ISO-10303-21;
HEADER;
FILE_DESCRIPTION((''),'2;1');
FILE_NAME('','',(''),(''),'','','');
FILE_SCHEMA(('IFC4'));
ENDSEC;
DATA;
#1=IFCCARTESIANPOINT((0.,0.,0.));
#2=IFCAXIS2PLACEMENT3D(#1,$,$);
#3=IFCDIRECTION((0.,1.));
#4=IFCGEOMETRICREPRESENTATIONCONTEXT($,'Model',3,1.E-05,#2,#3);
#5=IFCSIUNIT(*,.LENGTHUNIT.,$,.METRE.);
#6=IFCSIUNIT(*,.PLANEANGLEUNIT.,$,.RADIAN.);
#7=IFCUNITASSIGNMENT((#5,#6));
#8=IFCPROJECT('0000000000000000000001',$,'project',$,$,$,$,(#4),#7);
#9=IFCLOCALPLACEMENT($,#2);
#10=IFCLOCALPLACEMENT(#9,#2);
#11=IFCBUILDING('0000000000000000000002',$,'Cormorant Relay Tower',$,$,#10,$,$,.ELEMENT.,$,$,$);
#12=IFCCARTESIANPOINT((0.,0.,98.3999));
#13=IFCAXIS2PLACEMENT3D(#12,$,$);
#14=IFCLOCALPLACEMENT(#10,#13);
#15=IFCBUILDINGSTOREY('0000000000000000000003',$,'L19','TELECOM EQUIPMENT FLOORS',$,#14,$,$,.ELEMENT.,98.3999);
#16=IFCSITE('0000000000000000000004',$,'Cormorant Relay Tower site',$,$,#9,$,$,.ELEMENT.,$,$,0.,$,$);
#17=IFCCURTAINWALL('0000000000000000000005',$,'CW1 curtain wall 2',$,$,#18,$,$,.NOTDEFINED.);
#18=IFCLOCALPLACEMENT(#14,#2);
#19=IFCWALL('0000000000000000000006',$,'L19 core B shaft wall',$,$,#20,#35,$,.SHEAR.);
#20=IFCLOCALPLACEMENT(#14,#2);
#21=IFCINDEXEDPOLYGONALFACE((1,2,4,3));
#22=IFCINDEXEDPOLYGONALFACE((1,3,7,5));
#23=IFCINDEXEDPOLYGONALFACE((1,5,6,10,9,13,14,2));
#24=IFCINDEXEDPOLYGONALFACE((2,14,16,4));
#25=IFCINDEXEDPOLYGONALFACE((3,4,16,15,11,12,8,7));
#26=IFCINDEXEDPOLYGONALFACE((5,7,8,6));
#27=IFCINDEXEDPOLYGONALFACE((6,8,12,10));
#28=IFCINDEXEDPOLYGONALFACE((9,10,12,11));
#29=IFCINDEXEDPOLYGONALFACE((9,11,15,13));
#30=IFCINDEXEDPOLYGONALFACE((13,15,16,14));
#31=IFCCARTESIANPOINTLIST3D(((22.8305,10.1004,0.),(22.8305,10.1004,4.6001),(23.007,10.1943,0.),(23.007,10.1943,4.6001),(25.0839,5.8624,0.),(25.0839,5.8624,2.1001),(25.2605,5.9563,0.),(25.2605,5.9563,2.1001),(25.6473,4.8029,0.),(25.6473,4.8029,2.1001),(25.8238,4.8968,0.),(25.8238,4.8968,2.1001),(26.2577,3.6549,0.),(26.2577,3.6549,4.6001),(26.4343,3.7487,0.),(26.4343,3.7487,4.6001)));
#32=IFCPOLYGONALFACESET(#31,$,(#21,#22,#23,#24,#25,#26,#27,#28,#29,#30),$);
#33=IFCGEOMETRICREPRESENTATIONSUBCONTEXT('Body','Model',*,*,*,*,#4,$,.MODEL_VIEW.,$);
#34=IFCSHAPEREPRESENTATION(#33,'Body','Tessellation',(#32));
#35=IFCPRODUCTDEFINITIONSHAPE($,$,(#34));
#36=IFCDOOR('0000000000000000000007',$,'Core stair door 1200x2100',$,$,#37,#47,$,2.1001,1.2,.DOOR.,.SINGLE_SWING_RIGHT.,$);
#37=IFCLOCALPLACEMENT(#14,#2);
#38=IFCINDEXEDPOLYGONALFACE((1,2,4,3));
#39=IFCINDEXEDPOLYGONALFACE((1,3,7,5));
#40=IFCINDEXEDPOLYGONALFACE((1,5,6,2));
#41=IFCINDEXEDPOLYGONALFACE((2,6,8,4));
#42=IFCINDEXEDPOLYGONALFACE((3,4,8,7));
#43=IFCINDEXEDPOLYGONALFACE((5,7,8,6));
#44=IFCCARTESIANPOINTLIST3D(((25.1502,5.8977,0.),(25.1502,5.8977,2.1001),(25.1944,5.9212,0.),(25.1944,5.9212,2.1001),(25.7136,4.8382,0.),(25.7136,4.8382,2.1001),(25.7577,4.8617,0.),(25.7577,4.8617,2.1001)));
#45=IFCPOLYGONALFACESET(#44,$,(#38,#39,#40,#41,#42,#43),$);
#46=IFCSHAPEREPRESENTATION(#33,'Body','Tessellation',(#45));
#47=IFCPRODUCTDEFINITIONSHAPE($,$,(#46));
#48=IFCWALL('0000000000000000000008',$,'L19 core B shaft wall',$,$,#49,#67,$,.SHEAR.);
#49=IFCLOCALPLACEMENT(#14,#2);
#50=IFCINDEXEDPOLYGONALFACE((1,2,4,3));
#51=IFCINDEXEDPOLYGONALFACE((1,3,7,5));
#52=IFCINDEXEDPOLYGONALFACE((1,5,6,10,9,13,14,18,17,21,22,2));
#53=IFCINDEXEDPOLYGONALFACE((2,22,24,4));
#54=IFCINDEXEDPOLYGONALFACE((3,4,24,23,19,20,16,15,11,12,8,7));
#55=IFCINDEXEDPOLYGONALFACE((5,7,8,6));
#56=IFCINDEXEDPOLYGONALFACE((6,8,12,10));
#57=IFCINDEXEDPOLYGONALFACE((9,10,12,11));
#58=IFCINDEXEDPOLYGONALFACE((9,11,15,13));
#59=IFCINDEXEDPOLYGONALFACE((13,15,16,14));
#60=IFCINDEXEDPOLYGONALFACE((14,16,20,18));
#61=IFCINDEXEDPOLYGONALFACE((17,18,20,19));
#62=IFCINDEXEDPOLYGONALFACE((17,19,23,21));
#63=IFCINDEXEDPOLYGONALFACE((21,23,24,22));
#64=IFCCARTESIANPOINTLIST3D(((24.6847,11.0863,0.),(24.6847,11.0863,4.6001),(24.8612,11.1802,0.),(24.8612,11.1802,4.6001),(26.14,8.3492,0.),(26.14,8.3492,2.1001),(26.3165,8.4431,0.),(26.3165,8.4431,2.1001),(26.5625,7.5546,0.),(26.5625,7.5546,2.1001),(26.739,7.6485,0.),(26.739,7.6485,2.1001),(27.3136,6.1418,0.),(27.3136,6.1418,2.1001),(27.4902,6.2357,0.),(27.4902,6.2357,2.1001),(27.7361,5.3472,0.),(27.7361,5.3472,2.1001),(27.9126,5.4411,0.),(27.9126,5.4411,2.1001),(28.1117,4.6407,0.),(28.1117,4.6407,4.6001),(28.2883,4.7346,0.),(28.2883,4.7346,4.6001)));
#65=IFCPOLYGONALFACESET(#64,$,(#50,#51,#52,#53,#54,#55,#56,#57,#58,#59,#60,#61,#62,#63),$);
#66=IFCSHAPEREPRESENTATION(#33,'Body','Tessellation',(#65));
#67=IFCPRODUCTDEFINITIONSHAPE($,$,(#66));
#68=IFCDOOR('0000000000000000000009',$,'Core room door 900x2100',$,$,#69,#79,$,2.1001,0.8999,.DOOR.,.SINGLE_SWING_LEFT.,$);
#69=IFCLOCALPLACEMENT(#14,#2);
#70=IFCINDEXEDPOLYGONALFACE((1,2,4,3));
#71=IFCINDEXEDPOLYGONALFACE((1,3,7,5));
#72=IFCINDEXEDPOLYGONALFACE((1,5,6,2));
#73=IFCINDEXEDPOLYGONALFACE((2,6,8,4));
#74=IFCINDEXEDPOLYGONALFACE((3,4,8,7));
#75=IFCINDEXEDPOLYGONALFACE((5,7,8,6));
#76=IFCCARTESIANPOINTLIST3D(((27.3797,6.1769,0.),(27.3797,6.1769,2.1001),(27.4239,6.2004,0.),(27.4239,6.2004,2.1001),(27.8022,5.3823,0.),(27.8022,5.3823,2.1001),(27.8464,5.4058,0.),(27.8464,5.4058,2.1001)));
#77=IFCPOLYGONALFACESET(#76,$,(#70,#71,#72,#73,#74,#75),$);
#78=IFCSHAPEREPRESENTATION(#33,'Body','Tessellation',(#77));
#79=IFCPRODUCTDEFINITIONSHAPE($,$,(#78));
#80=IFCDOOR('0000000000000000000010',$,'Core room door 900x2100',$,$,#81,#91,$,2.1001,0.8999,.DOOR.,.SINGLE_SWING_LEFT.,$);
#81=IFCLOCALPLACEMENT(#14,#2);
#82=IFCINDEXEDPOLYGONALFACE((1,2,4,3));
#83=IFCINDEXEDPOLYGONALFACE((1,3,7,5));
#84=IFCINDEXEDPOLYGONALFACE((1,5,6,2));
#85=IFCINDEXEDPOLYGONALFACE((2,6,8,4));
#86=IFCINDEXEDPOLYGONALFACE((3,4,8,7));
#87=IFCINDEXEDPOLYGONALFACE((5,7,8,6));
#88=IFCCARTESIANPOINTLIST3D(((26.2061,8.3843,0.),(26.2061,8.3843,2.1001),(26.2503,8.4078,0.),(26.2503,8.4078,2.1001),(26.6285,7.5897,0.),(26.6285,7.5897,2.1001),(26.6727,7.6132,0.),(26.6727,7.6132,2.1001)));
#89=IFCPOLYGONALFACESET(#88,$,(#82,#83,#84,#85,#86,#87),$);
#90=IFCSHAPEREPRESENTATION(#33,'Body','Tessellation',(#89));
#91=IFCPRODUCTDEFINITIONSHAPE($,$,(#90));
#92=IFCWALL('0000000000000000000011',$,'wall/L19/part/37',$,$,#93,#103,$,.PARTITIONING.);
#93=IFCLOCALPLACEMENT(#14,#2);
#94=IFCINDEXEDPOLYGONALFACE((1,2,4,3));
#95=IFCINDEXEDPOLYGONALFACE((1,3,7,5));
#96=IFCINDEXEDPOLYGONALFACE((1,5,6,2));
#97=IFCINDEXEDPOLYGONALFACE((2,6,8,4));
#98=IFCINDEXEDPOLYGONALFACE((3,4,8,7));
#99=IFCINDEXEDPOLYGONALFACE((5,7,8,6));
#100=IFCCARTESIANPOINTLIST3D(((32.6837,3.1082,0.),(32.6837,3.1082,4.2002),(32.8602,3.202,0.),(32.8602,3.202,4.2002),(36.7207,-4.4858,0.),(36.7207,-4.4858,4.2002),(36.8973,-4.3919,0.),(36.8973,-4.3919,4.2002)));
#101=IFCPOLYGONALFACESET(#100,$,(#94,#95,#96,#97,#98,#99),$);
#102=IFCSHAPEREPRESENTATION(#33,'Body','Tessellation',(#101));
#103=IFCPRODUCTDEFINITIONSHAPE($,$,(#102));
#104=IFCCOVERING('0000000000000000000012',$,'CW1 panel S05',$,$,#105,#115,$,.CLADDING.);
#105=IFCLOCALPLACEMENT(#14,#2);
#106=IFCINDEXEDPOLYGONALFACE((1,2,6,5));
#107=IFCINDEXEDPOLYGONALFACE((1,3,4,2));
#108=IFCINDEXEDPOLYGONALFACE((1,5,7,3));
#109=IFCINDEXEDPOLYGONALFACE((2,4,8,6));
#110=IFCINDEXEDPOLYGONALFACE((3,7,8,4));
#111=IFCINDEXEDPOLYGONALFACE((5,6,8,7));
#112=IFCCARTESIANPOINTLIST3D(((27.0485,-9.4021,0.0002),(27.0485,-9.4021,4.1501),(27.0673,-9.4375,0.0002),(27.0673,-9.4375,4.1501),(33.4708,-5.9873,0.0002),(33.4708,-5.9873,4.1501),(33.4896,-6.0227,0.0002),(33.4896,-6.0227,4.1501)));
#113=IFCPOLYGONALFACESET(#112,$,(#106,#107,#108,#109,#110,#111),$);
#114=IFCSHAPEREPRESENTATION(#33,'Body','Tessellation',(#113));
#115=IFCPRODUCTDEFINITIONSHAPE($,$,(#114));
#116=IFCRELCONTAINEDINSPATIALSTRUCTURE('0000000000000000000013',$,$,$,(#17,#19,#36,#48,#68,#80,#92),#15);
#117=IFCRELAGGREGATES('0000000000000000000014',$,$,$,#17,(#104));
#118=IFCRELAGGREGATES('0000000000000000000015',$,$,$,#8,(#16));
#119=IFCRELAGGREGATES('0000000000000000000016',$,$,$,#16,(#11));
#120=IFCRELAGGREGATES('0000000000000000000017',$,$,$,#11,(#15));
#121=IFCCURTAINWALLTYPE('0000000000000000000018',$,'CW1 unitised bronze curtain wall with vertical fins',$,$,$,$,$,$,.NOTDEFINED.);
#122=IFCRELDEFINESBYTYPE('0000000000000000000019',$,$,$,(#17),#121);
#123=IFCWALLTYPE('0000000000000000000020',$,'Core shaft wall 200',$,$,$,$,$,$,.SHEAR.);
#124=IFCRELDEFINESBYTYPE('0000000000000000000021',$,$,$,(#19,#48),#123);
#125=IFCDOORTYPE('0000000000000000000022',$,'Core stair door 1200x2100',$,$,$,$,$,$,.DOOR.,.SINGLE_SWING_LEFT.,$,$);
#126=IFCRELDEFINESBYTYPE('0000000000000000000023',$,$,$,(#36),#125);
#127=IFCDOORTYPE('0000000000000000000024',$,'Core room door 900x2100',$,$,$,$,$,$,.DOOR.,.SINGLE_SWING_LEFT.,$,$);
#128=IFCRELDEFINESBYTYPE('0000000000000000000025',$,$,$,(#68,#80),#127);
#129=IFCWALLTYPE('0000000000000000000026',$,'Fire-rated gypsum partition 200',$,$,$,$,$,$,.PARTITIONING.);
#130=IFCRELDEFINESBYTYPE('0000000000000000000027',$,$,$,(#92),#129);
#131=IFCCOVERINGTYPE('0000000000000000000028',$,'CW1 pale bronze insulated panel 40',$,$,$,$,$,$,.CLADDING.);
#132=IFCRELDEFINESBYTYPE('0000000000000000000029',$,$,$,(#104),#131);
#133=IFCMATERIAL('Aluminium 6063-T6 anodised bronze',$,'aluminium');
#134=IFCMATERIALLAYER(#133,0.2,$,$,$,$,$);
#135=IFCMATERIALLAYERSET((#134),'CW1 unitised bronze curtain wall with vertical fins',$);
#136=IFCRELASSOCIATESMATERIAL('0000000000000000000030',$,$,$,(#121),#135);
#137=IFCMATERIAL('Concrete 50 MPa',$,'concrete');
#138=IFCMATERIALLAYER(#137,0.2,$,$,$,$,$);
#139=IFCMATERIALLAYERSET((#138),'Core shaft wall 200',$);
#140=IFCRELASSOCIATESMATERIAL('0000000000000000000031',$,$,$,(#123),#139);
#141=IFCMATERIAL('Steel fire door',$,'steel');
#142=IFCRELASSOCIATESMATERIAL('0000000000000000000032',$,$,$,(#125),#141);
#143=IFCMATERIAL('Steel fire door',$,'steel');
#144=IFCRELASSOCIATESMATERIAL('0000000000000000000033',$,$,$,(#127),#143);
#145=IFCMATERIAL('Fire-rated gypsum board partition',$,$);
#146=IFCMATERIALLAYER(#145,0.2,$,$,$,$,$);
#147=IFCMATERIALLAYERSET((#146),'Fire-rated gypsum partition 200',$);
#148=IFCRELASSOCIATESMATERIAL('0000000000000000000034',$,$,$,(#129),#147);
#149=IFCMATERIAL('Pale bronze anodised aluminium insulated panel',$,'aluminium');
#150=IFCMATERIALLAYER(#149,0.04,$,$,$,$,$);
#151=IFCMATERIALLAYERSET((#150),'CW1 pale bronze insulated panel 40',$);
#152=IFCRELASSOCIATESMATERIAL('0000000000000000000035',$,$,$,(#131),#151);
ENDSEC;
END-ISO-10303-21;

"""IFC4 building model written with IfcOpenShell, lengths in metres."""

from ifc_helpers import new_model, si_unit, direction, frame, frame_2d, origin, origin_2d, place, context, subcontext, project, spatial, rectangle, extrude, material, layer, layer_set, type_object, element, fill, aggregate, save


model = new_model("IFC4")

# Units and contexts
model_context = context("Model", 3, precision=1e-05, world=origin(), true_north=direction((0.0, 1.0)))
body_context = subcontext(model_context, "Body", "Model", "MODEL_VIEW")
ifc_project = project(units=[si_unit("LENGTHUNIT", "METRE"), si_unit("PLANEANGLEUNIT", "RADIAN")], contexts=[model_context])

# Site, building, storey
site_placement = place(None, origin())
site = spatial("IfcSite", under=ifc_project, at=site_placement, Name="Cormorant Relay Tower site", CompositionType="ELEMENT", RefElevation=0.0)
building_placement = place(site_placement, origin())
building = spatial("IfcBuilding", under=site, at=building_placement, Name="Cormorant Relay Tower", CompositionType="ELEMENT")
storey_placement = place(building_placement, frame((0.0, 0.0, 98.3999)))
storey = spatial("IfcBuildingStorey", under=building, at=storey_placement, Name="L19", Description="TELECOM EQUIPMENT FLOORS", CompositionType="ELEMENT", Elevation=98.3999)

# Curtain wall
ifc_material_1 = material(Name="Aluminium 6063-T6 anodised bronze", Category="aluminium")
ifc_layer_1 = layer(ifc_material_1, 0.2)
ifc_layer_set_1 = layer_set([ifc_layer_1], Name="CW1 unitised bronze curtain wall with vertical fins")
curtain_wall_type = type_object("IfcCurtainWallType", Name="CW1 unitised bronze curtain wall with vertical fins", PredefinedType="NOTDEFINED", material=ifc_layer_set_1)
curtain_wall_placement = place(storey_placement, origin())
curtain_wall = element("IfcCurtainWall", 1, at=curtain_wall_placement, inside=storey, type_object=curtain_wall_type, Name="CW1 curtain wall 2", PredefinedType="NOTDEFINED")

# Wall, opening, door
ifc_material_2 = material(Name="Concrete 50 MPa", Category="concrete")
ifc_layer_2 = layer(ifc_material_2, 0.2)
ifc_layer_set_2 = layer_set([ifc_layer_2], Name="Core shaft wall 200")
wall_type_1 = type_object("IfcWallType", Name="Core shaft wall 200", PredefinedType="SHEAR", material=ifc_layer_set_2)
wall_1_placement = place(storey_placement, frame((26.3459, 3.7019, 0.0), z_axis=(0.0, 0.0, 1.0), x_axis=(-0.46948, 0.882943, 0.0)))
wall_1 = element("IfcWall", 2, at=wall_1_placement, inside=storey, type_object=wall_type_1, Name="L19 core B shaft wall", PredefinedType="SHEAR", context=body_context, shape_type="SweptSolid", body=[
    extrude(rectangle(XDim=7.3, YDim=0.2, at=frame_2d((3.6499, 0.0))), origin(), (0.0, 0.0, 1.0), 4.6001),
])
opening_1_placement = place(wall_1_placement, frame((1.3, 0.0, 0.0)))
opening_1 = element("IfcOpeningElement", 3, at=opening_1_placement, cuts=wall_1, PredefinedType="OPENING", context=body_context, shape_type="SweptSolid", body=[
    extrude(rectangle(XDim=1.2, YDim=2.1001, at=frame_2d((0.6001, 1.05))), frame((0.0, 0.1099, 0.0), z_axis=(0.0, -1.0, 0.0), x_axis=(1.0, 0.0, 0.0)), (0.0, 0.0, 1.0), 0.22),
])
ifc_material_3 = material(Name="Steel fire door", Category="steel")
door_type_1 = type_object("IfcDoorType", Name="Core stair door 1200x2100", OperationType="SINGLE_SWING_LEFT", PredefinedType="DOOR", material=ifc_material_3)
door_1_placement = place(opening_1_placement, origin())
door_1 = element("IfcDoor", 4, at=door_1_placement, inside=storey, type_object=door_type_1, Name="Core stair door 1200x2100", OperationType="SINGLE_SWING_RIGHT", OverallHeight=2.1001, OverallWidth=1.2, PredefinedType="DOOR", context=body_context, shape_type="SweptSolid", body=[
    extrude(rectangle(XDim=1.2, YDim=2.1001, at=frame_2d((0.6001, 1.05))), frame((0.0, 0.0249, 0.0), z_axis=(0.0, -1.0, 0.0), x_axis=(1.0, 0.0, 0.0)), (0.0, 0.0, 1.0), 0.05),
])
fill(opening_1, door_1)

# Wall, openings, doors
wall_2_placement = place(storey_placement, frame((28.2, 4.6877, 0.0), z_axis=(0.0, 0.0, 1.0), x_axis=(-0.469454, 0.882957, 0.0)))
wall_2 = element("IfcWall", 5, at=wall_2_placement, inside=storey, type_object=wall_type_1, Name="L19 core B shaft wall", PredefinedType="SHEAR", context=body_context, shape_type="SweptSolid", body=[
    extrude(rectangle(XDim=7.3, YDim=0.2, at=frame_2d((3.6499, 0.0))), origin(), (0.0, 0.0, 1.0), 4.6001),
])
opening_2_placement = place(wall_2_placement, frame((0.8, 0.0, 0.0)))
opening_2 = element("IfcOpeningElement", 6, at=opening_2_placement, cuts=wall_2, PredefinedType="OPENING", context=body_context, shape_type="SweptSolid", body=[
    extrude(rectangle(XDim=0.8999, YDim=2.1001, at=frame_2d((0.45, 1.05))), frame((0.0, 0.1099, 0.0), z_axis=(0.0, -1.0, 0.0), x_axis=(1.0, 0.0, 0.0)), (0.0, 0.0, 1.0), 0.22),
])
opening_3_placement = place(wall_2_placement, frame((3.3, 0.0, 0.0)))
opening_3 = element("IfcOpeningElement", 7, at=opening_3_placement, cuts=wall_2, PredefinedType="OPENING", context=body_context, shape_type="SweptSolid", body=[
    extrude(rectangle(XDim=0.8999, YDim=2.1001, at=frame_2d((0.45, 1.05))), frame((0.0, 0.1099, 0.0), z_axis=(0.0, -1.0, 0.0), x_axis=(1.0, 0.0, 0.0)), (0.0, 0.0, 1.0), 0.22),
])
ifc_material_4 = material(Name="Steel fire door", Category="steel")
door_type_2 = type_object("IfcDoorType", Name="Core room door 900x2100", OperationType="SINGLE_SWING_LEFT", PredefinedType="DOOR", material=ifc_material_4)
door_2_placement = place(opening_2_placement, frame((0.8999, 0.0, 0.0), z_axis=(0.0, 0.0, 1.0), x_axis=(-1.0, 0.0, 0.0)))
door_2 = element("IfcDoor", 8, at=door_2_placement, inside=storey, type_object=door_type_2, Name="Core room door 900x2100", OperationType="SINGLE_SWING_LEFT", OverallHeight=2.1001, OverallWidth=0.8999, PredefinedType="DOOR", context=body_context, shape_type="SweptSolid", body=[
    extrude(rectangle(XDim=0.8999, YDim=2.1001, at=frame_2d((0.45, 1.05))), frame((0.0, 0.0249, 0.0), z_axis=(0.0, -1.0, 0.0), x_axis=(1.0, 0.0, 0.0)), (0.0, 0.0, 1.0), 0.05),
])
fill(opening_2, door_2)
door_3_placement = place(opening_3_placement, frame((0.8999, 0.0, 0.0), z_axis=(0.0, 0.0, 1.0), x_axis=(-1.0, 0.0, 0.0)))
door_3 = element("IfcDoor", 9, at=door_3_placement, inside=storey, type_object=door_type_2, Name="Core room door 900x2100", OperationType="SINGLE_SWING_LEFT", OverallHeight=2.1001, OverallWidth=0.8999, PredefinedType="DOOR", context=body_context, shape_type="SweptSolid", body=[
    extrude(rectangle(XDim=0.8999, YDim=2.1001, at=frame_2d((0.45, 1.05))), frame((0.0, 0.0249, 0.0), z_axis=(0.0, -1.0, 0.0), x_axis=(1.0, 0.0, 0.0)), (0.0, 0.0, 1.0), 0.05),
])
fill(opening_3, door_3)

# Wall
ifc_material_5 = material(Name="Fire-rated gypsum board partition")
ifc_layer_3 = layer(ifc_material_5, 0.2)
ifc_layer_set_3 = layer_set([ifc_layer_3], Name="Fire-rated gypsum partition 200")
wall_type_2 = type_object("IfcWallType", Name="Fire-rated gypsum partition 200", PredefinedType="PARTITIONING", material=ifc_layer_set_3)
wall_3_placement = place(storey_placement, frame((36.8091, -4.439, 0.0), z_axis=(0.0, 0.0, 1.0), x_axis=(-0.469409, 0.882981, 0.0)))
element("IfcWall", 10, at=wall_3_placement, inside=storey, type_object=wall_type_2, Name="wall/L19/part/37", PredefinedType="PARTITIONING", context=body_context, shape_type="SweptSolid", body=[
    extrude(rectangle(XDim=8.6003, YDim=0.2, at=frame_2d((4.3003, 0.0))), origin(), (0.0, 0.0, 1.0), 4.2002),
])

# Covering
ifc_material_6 = material(Name="Pale bronze anodised aluminium insulated panel", Category="aluminium")
ifc_layer_4 = layer(ifc_material_6, 0.04)
ifc_layer_set_4 = layer_set([ifc_layer_4], Name="CW1 pale bronze insulated panel 40")
covering_type = type_object("IfcCoveringType", Name="CW1 pale bronze insulated panel 40", PredefinedType="CLADDING", material=ifc_layer_set_4)
covering_placement = place(storey_placement, frame((30.269, -7.7124, 0.0002), z_axis=(0.0, 0.0, 1.0), x_axis=(0.882948, 0.469472, 0.0)))
covering = element("IfcCovering", 11, at=covering_placement, type_object=covering_type, Name="CW1 panel S05", PredefinedType="CLADDING", context=body_context, shape_type="SweptSolid", body=[
    extrude(rectangle(XDim=7.2737, YDim=0.04, at=origin_2d()), origin(), (0.0, 0.0, 1.0), 4.1499),
])
aggregate(curtain_wall, [covering])

save(model, "model.ifc")
